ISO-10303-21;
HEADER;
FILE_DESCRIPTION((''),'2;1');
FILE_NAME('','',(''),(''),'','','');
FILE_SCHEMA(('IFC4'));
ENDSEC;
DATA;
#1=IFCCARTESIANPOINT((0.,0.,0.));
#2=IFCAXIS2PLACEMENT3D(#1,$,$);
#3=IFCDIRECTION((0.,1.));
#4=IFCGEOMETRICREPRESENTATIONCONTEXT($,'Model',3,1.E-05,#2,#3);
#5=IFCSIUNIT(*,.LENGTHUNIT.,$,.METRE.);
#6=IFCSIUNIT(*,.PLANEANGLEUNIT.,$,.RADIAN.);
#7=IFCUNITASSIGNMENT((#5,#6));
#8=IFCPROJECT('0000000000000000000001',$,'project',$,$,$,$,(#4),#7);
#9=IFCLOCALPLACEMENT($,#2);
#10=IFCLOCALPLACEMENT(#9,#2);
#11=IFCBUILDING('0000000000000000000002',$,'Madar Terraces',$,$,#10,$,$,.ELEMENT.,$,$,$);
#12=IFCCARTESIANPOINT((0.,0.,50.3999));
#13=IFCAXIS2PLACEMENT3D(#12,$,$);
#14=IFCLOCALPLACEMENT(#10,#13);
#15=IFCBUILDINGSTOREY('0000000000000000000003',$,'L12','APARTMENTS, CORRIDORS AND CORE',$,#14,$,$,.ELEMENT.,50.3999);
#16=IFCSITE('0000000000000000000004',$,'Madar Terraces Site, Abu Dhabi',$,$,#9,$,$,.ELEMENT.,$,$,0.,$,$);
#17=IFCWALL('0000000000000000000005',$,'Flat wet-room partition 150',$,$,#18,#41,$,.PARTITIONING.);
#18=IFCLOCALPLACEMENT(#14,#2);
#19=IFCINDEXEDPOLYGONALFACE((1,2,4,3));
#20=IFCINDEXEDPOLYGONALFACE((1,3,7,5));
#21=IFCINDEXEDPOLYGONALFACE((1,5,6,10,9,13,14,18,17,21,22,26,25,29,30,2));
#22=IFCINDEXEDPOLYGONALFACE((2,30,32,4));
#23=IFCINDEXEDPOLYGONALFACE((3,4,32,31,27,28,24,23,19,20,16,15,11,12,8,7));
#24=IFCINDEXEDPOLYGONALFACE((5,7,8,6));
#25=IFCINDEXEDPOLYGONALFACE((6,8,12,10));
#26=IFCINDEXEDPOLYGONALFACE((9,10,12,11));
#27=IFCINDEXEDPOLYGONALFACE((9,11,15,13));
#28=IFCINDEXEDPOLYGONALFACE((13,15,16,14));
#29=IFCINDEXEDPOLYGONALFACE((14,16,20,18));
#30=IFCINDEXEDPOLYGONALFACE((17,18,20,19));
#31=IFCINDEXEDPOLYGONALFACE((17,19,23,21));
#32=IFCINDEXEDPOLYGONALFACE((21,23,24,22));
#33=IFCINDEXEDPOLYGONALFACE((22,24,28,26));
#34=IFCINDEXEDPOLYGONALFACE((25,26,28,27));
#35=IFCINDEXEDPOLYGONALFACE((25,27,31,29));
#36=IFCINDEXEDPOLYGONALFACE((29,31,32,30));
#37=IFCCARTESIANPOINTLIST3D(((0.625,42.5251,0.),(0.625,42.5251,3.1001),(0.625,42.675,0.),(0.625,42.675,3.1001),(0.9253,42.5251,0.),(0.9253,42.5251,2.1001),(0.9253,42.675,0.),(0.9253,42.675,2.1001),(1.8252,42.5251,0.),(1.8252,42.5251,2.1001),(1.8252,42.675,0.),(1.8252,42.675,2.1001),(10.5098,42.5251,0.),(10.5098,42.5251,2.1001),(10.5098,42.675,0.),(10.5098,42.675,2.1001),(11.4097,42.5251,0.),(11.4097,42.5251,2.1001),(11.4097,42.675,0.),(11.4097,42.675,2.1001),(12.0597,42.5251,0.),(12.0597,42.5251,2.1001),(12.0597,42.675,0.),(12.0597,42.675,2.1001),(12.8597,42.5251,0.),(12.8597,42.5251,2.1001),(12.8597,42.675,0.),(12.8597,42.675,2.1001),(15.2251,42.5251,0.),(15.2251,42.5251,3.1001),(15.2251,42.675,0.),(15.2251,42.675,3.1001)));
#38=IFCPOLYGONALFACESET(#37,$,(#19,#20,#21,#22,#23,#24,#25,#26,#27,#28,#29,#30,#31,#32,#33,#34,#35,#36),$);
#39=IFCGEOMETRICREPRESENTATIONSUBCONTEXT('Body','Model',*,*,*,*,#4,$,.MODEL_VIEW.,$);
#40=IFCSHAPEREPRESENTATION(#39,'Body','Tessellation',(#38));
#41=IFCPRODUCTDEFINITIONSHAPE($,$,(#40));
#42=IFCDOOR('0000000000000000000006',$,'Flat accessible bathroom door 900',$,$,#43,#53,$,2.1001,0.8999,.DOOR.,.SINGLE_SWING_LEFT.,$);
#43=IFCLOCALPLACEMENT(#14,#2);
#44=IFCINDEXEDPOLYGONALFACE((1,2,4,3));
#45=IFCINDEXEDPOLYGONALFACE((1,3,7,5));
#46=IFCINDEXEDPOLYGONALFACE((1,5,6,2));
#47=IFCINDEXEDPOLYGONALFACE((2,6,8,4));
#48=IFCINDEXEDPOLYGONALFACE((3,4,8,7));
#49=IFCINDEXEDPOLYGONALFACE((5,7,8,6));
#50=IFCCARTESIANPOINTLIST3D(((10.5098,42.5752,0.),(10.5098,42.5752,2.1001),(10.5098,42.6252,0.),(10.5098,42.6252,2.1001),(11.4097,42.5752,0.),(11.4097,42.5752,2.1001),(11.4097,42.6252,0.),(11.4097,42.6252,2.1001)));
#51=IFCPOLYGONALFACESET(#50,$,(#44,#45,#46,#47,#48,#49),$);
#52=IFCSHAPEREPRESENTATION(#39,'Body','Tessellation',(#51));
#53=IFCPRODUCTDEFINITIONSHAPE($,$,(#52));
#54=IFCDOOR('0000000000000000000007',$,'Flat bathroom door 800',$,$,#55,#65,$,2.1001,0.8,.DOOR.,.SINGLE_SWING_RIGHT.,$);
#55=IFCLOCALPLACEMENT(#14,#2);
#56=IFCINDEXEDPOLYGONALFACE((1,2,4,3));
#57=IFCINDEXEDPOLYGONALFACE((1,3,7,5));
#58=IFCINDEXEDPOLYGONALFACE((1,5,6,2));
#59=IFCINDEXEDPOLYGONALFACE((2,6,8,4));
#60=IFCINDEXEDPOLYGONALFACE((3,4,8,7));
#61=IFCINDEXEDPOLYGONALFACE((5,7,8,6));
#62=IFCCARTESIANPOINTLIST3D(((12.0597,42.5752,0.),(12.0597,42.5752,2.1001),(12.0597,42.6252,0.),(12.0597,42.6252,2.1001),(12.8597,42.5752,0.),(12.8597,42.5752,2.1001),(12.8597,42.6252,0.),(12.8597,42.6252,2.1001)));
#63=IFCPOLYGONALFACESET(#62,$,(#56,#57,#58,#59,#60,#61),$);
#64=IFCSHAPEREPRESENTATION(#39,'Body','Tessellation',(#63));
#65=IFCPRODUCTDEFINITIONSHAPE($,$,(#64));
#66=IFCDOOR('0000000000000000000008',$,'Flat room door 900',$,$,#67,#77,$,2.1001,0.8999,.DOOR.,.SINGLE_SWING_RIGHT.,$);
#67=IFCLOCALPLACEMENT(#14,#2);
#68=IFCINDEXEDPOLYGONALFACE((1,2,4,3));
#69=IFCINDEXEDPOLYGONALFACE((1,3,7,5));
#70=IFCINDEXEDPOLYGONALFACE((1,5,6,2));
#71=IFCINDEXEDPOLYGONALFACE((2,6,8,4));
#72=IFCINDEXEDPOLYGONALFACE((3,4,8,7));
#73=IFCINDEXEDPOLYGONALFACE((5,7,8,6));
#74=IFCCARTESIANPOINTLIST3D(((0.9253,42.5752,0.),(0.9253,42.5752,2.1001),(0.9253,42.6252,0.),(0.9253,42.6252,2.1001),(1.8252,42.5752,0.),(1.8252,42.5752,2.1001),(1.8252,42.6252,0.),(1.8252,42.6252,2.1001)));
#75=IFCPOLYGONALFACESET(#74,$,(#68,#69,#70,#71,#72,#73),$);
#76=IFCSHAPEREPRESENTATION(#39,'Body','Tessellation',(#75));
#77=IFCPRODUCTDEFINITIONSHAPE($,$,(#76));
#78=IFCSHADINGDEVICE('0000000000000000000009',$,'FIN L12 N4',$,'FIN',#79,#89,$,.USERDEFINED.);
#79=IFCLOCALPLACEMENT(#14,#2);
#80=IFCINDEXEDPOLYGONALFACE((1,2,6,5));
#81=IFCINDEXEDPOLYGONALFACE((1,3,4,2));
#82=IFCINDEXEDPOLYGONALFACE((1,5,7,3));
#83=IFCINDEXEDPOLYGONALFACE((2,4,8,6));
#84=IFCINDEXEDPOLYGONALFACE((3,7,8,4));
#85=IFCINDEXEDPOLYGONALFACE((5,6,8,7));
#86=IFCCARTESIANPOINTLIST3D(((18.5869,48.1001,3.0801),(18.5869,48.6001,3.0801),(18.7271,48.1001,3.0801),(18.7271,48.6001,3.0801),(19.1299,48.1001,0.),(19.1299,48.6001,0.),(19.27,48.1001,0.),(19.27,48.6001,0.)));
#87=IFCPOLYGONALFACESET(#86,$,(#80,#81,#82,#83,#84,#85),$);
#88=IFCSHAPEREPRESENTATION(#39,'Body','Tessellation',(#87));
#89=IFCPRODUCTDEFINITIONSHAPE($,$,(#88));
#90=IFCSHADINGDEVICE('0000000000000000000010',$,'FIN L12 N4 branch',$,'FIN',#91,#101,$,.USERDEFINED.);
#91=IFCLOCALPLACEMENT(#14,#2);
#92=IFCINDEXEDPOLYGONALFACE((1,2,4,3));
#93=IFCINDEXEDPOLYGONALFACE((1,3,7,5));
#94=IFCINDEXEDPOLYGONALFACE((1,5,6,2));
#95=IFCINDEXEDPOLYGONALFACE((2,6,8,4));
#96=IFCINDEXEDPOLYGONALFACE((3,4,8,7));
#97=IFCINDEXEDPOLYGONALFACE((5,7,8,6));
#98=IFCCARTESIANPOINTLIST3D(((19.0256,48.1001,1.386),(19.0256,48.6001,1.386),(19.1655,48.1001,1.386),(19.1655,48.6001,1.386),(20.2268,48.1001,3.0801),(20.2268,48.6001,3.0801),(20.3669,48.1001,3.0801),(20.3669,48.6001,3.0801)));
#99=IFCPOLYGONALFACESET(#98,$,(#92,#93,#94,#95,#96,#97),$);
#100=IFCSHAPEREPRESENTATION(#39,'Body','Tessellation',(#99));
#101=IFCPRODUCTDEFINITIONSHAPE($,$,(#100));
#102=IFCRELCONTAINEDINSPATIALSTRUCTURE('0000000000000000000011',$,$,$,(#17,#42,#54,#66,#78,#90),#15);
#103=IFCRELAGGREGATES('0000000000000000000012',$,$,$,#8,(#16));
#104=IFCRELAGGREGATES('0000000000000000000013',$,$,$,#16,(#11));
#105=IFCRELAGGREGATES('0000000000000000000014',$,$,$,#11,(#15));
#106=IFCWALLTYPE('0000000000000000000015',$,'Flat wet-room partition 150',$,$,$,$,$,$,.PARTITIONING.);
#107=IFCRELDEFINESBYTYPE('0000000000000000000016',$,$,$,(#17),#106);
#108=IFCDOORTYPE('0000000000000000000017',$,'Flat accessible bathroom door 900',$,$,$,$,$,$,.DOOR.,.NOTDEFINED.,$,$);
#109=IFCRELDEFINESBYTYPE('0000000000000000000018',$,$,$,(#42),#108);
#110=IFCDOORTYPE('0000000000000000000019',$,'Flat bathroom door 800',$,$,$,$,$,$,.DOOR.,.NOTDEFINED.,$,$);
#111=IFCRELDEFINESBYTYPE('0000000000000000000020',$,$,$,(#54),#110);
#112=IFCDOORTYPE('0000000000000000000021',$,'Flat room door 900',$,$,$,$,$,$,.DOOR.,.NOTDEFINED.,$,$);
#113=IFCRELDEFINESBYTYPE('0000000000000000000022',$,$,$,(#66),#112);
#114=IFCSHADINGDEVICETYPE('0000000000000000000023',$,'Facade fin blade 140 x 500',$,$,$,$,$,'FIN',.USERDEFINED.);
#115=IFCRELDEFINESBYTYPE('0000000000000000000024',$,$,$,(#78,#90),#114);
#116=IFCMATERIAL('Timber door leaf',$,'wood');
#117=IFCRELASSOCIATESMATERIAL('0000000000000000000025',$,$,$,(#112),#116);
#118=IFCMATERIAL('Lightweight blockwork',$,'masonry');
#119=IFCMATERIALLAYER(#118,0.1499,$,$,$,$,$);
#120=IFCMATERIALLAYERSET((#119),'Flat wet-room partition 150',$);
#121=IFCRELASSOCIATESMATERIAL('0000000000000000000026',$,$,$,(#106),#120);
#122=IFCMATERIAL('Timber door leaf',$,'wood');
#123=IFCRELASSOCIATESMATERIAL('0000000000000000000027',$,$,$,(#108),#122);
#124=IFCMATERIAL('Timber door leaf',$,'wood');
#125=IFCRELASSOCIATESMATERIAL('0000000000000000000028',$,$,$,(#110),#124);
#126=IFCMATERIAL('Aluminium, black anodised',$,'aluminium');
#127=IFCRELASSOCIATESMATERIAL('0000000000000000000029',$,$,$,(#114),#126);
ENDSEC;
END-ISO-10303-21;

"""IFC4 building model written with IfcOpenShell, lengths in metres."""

from ifc_helpers import new_model, si_unit, direction, frame, frame_2d, origin, place, context, subcontext, project, spatial, polyline, rectangle, outline, extrude, material, layer, layer_set, type_object, element, fill, save


model = new_model("IFC4")

# Units and contexts
model_context = context("Model", 3, precision=1e-05, world=origin(), true_north=direction((0.0, 1.0)))
body_context = subcontext(model_context, "Body", "Model", "MODEL_VIEW")
ifc_project = project(units=[si_unit("LENGTHUNIT", "METRE"), si_unit("PLANEANGLEUNIT", "RADIAN")], contexts=[model_context])

# Site, building, storey
site_placement = place(None, origin())
site = spatial("IfcSite", under=ifc_project, at=site_placement, Name="Madar Terraces Site, Abu Dhabi", CompositionType="ELEMENT", RefElevation=0.0)
building_placement = place(site_placement, origin())
building = spatial("IfcBuilding", under=site, at=building_placement, Name="Madar Terraces", CompositionType="ELEMENT")
storey_placement = place(building_placement, frame((0.0, 0.0, 50.3999)))
storey = spatial("IfcBuildingStorey", under=building, at=storey_placement, Name="L12", Description="APARTMENTS, CORRIDORS AND CORE", CompositionType="ELEMENT", Elevation=50.3999)

# Shared definitions
ifc_material_1 = material(Name="Timber door leaf", Category="wood")
door_type_1 = type_object("IfcDoorType", Name="Flat room door 900", OperationType="NOTDEFINED", PredefinedType="DOOR", material=ifc_material_1)

# Wall, openings, doors
ifc_material_2 = material(Name="Lightweight blockwork", Category="masonry")
ifc_layer_1 = layer(ifc_material_2, 0.1499)
ifc_layer_set_1 = layer_set([ifc_layer_1], Name="Flat wet-room partition 150")
wall_type_1 = type_object("IfcWallType", Name="Flat wet-room partition 150", PredefinedType="PARTITIONING", material=ifc_layer_set_1)
wall_1_placement = place(storey_placement, frame((15.2251, 42.6001, 0.0), z_axis=(0.0, 0.0, 1.0), x_axis=(-1.0, 0.0, 0.0)))
wall_1 = element("IfcWall", 1, at=wall_1_placement, inside=storey, type_object=wall_type_1, Name="Flat wet-room partition 150", PredefinedType="PARTITIONING", context=body_context, shape_type="SweptSolid", body=[
    extrude(rectangle(XDim=14.6001, YDim=0.1499, at=frame_2d((7.3, 0.0))), origin(), (0.0, 0.0, 1.0), 3.1001),
])
opening_1_placement = place(wall_1_placement, frame((2.3655, 0.0, 0.0)))
opening_1 = element("IfcOpeningElement", 2, at=opening_1_placement, cuts=wall_1, PredefinedType="OPENING", context=body_context, shape_type="SweptSolid", body=[
    extrude(rectangle(XDim=0.8, YDim=2.1001, at=frame_2d((0.3999, 1.05))), frame((0.0, 0.085, 0.0), z_axis=(0.0, -1.0, 0.0), x_axis=(1.0, 0.0, 0.0)), (0.0, 0.0, 1.0), 0.1699),
])
opening_2_placement = place(wall_1_placement, frame((3.8154, 0.0, 0.0)))
opening_2 = element("IfcOpeningElement", 3, at=opening_2_placement, cuts=wall_1, PredefinedType="OPENING", context=body_context, shape_type="SweptSolid", body=[
    extrude(rectangle(XDim=0.8999, YDim=2.1001, at=frame_2d((0.45, 1.05))), frame((0.0, 0.085, 0.0), z_axis=(0.0, -1.0, 0.0), x_axis=(1.0, 0.0, 0.0)), (0.0, 0.0, 1.0), 0.1699),
])
opening_3_placement = place(wall_1_placement, frame((13.3999, 0.0, 0.0)))
opening_3 = element("IfcOpeningElement", 4, at=opening_3_placement, cuts=wall_1, PredefinedType="OPENING", context=body_context, shape_type="SweptSolid", body=[
    extrude(rectangle(XDim=0.8999, YDim=2.1001, at=frame_2d((0.45, 1.05))), frame((0.0, 0.085, 0.0), z_axis=(0.0, -1.0, 0.0), x_axis=(1.0, 0.0, 0.0)), (0.0, 0.0, 1.0), 0.1699),
])
ifc_material_3 = material(Name="Timber door leaf", Category="wood")
door_type_2 = type_object("IfcDoorType", Name="Flat accessible bathroom door 900", OperationType="NOTDEFINED", PredefinedType="DOOR", material=ifc_material_3)
door_1_placement = place(opening_2_placement, origin())
door_1 = element("IfcDoor", 5, at=door_1_placement, inside=storey, type_object=door_type_2, Name="Flat accessible bathroom door 900", OperationType="SINGLE_SWING_LEFT", OverallHeight=2.1001, OverallWidth=0.8999, PredefinedType="DOOR", context=body_context, shape_type="SweptSolid", body=[
    extrude(rectangle(XDim=0.8999, YDim=2.1001, at=frame_2d((0.45, 1.05))), frame((0.0, 0.0249, 0.0), z_axis=(0.0, -1.0, 0.0), x_axis=(1.0, 0.0, 0.0)), (0.0, 0.0, 1.0), 0.05),
])
fill(opening_2, door_1)
ifc_material_4 = material(Name="Timber door leaf", Category="wood")
door_type_3 = type_object("IfcDoorType", Name="Flat bathroom door 800", OperationType="NOTDEFINED", PredefinedType="DOOR", material=ifc_material_4)
door_2_placement = place(opening_1_placement, origin())
door_2 = element("IfcDoor", 6, at=door_2_placement, inside=storey, type_object=door_type_3, Name="Flat bathroom door 800", OperationType="SINGLE_SWING_RIGHT", OverallHeight=2.1001, OverallWidth=0.8, PredefinedType="DOOR", context=body_context, shape_type="SweptSolid", body=[
    extrude(rectangle(XDim=0.8, YDim=2.1001, at=frame_2d((0.3999, 1.05))), frame((0.0, 0.0249, 0.0), z_axis=(0.0, -1.0, 0.0), x_axis=(1.0, 0.0, 0.0)), (0.0, 0.0, 1.0), 0.05),
])
fill(opening_1, door_2)
door_3_placement = place(opening_3_placement, origin())
door_3 = element("IfcDoor", 7, at=door_3_placement, inside=storey, type_object=door_type_1, Name="Flat room door 900", OperationType="SINGLE_SWING_RIGHT", OverallHeight=2.1001, OverallWidth=0.8999, PredefinedType="DOOR", context=body_context, shape_type="SweptSolid", body=[
    extrude(rectangle(XDim=0.8999, YDim=2.1001, at=frame_2d((0.45, 1.05))), frame((0.0, 0.0249, 0.0), z_axis=(0.0, -1.0, 0.0), x_axis=(1.0, 0.0, 0.0)), (0.0, 0.0, 1.0), 0.05),
])
fill(opening_3, door_3)

# Shading devices
ifc_material_5 = material(Name="Aluminium, black anodised", Category="aluminium")
shading_device_type = type_object("IfcShadingDeviceType", Name="Facade fin blade 140 x 500", ElementType="FIN", PredefinedType="USERDEFINED", material=ifc_material_5)
shading_device_1_placement = place(storey_placement, frame((19.27, 48.3501, 0.0), z_axis=(0.0, 0.0, 1.0), x_axis=(-1.0, 0.0, 0.0)))
element("IfcShadingDevice", 8, at=shading_device_1_placement, inside=storey, type_object=shading_device_type, Name="FIN L12 N4", ObjectType="FIN", PredefinedType="USERDEFINED", context=body_context, shape_type="SweptSolid", body=[
    extrude(outline(polyline([(0.0, 0.0), (0.1401, 0.0), (0.6831, 3.0801), (0.543, 3.0801), (0.0, 0.0)])), frame((0.0, 0.25, 0.0), z_axis=(0.0, -1.0, 0.0), x_axis=(1.0, 0.0, 0.0)), (0.0, 0.0, 1.0), 0.5),
])
shading_device_2_placement = place(storey_placement, frame((19.1655, 48.3501, 1.386), z_axis=(0.0, 0.0, 1.0), x_axis=(-1.0, 0.0, 0.0)))
element("IfcShadingDevice", 9, at=shading_device_2_placement, inside=storey, type_object=shading_device_type, Name="FIN L12 N4 branch", ObjectType="FIN", PredefinedType="USERDEFINED", context=body_context, shape_type="SweptSolid", body=[
    extrude(outline(polyline([(0.0, 0.0), (0.1399, 0.0), (-1.0613, 1.6941), (-1.2014, 1.6941), (0.0, 0.0)])), frame((0.0, 0.25, 0.0), z_axis=(0.0, -1.0, 0.0), x_axis=(1.0, 0.0, 0.0)), (0.0, 0.0, 1.0), 0.5),
])

save(model, "model.ifc")
